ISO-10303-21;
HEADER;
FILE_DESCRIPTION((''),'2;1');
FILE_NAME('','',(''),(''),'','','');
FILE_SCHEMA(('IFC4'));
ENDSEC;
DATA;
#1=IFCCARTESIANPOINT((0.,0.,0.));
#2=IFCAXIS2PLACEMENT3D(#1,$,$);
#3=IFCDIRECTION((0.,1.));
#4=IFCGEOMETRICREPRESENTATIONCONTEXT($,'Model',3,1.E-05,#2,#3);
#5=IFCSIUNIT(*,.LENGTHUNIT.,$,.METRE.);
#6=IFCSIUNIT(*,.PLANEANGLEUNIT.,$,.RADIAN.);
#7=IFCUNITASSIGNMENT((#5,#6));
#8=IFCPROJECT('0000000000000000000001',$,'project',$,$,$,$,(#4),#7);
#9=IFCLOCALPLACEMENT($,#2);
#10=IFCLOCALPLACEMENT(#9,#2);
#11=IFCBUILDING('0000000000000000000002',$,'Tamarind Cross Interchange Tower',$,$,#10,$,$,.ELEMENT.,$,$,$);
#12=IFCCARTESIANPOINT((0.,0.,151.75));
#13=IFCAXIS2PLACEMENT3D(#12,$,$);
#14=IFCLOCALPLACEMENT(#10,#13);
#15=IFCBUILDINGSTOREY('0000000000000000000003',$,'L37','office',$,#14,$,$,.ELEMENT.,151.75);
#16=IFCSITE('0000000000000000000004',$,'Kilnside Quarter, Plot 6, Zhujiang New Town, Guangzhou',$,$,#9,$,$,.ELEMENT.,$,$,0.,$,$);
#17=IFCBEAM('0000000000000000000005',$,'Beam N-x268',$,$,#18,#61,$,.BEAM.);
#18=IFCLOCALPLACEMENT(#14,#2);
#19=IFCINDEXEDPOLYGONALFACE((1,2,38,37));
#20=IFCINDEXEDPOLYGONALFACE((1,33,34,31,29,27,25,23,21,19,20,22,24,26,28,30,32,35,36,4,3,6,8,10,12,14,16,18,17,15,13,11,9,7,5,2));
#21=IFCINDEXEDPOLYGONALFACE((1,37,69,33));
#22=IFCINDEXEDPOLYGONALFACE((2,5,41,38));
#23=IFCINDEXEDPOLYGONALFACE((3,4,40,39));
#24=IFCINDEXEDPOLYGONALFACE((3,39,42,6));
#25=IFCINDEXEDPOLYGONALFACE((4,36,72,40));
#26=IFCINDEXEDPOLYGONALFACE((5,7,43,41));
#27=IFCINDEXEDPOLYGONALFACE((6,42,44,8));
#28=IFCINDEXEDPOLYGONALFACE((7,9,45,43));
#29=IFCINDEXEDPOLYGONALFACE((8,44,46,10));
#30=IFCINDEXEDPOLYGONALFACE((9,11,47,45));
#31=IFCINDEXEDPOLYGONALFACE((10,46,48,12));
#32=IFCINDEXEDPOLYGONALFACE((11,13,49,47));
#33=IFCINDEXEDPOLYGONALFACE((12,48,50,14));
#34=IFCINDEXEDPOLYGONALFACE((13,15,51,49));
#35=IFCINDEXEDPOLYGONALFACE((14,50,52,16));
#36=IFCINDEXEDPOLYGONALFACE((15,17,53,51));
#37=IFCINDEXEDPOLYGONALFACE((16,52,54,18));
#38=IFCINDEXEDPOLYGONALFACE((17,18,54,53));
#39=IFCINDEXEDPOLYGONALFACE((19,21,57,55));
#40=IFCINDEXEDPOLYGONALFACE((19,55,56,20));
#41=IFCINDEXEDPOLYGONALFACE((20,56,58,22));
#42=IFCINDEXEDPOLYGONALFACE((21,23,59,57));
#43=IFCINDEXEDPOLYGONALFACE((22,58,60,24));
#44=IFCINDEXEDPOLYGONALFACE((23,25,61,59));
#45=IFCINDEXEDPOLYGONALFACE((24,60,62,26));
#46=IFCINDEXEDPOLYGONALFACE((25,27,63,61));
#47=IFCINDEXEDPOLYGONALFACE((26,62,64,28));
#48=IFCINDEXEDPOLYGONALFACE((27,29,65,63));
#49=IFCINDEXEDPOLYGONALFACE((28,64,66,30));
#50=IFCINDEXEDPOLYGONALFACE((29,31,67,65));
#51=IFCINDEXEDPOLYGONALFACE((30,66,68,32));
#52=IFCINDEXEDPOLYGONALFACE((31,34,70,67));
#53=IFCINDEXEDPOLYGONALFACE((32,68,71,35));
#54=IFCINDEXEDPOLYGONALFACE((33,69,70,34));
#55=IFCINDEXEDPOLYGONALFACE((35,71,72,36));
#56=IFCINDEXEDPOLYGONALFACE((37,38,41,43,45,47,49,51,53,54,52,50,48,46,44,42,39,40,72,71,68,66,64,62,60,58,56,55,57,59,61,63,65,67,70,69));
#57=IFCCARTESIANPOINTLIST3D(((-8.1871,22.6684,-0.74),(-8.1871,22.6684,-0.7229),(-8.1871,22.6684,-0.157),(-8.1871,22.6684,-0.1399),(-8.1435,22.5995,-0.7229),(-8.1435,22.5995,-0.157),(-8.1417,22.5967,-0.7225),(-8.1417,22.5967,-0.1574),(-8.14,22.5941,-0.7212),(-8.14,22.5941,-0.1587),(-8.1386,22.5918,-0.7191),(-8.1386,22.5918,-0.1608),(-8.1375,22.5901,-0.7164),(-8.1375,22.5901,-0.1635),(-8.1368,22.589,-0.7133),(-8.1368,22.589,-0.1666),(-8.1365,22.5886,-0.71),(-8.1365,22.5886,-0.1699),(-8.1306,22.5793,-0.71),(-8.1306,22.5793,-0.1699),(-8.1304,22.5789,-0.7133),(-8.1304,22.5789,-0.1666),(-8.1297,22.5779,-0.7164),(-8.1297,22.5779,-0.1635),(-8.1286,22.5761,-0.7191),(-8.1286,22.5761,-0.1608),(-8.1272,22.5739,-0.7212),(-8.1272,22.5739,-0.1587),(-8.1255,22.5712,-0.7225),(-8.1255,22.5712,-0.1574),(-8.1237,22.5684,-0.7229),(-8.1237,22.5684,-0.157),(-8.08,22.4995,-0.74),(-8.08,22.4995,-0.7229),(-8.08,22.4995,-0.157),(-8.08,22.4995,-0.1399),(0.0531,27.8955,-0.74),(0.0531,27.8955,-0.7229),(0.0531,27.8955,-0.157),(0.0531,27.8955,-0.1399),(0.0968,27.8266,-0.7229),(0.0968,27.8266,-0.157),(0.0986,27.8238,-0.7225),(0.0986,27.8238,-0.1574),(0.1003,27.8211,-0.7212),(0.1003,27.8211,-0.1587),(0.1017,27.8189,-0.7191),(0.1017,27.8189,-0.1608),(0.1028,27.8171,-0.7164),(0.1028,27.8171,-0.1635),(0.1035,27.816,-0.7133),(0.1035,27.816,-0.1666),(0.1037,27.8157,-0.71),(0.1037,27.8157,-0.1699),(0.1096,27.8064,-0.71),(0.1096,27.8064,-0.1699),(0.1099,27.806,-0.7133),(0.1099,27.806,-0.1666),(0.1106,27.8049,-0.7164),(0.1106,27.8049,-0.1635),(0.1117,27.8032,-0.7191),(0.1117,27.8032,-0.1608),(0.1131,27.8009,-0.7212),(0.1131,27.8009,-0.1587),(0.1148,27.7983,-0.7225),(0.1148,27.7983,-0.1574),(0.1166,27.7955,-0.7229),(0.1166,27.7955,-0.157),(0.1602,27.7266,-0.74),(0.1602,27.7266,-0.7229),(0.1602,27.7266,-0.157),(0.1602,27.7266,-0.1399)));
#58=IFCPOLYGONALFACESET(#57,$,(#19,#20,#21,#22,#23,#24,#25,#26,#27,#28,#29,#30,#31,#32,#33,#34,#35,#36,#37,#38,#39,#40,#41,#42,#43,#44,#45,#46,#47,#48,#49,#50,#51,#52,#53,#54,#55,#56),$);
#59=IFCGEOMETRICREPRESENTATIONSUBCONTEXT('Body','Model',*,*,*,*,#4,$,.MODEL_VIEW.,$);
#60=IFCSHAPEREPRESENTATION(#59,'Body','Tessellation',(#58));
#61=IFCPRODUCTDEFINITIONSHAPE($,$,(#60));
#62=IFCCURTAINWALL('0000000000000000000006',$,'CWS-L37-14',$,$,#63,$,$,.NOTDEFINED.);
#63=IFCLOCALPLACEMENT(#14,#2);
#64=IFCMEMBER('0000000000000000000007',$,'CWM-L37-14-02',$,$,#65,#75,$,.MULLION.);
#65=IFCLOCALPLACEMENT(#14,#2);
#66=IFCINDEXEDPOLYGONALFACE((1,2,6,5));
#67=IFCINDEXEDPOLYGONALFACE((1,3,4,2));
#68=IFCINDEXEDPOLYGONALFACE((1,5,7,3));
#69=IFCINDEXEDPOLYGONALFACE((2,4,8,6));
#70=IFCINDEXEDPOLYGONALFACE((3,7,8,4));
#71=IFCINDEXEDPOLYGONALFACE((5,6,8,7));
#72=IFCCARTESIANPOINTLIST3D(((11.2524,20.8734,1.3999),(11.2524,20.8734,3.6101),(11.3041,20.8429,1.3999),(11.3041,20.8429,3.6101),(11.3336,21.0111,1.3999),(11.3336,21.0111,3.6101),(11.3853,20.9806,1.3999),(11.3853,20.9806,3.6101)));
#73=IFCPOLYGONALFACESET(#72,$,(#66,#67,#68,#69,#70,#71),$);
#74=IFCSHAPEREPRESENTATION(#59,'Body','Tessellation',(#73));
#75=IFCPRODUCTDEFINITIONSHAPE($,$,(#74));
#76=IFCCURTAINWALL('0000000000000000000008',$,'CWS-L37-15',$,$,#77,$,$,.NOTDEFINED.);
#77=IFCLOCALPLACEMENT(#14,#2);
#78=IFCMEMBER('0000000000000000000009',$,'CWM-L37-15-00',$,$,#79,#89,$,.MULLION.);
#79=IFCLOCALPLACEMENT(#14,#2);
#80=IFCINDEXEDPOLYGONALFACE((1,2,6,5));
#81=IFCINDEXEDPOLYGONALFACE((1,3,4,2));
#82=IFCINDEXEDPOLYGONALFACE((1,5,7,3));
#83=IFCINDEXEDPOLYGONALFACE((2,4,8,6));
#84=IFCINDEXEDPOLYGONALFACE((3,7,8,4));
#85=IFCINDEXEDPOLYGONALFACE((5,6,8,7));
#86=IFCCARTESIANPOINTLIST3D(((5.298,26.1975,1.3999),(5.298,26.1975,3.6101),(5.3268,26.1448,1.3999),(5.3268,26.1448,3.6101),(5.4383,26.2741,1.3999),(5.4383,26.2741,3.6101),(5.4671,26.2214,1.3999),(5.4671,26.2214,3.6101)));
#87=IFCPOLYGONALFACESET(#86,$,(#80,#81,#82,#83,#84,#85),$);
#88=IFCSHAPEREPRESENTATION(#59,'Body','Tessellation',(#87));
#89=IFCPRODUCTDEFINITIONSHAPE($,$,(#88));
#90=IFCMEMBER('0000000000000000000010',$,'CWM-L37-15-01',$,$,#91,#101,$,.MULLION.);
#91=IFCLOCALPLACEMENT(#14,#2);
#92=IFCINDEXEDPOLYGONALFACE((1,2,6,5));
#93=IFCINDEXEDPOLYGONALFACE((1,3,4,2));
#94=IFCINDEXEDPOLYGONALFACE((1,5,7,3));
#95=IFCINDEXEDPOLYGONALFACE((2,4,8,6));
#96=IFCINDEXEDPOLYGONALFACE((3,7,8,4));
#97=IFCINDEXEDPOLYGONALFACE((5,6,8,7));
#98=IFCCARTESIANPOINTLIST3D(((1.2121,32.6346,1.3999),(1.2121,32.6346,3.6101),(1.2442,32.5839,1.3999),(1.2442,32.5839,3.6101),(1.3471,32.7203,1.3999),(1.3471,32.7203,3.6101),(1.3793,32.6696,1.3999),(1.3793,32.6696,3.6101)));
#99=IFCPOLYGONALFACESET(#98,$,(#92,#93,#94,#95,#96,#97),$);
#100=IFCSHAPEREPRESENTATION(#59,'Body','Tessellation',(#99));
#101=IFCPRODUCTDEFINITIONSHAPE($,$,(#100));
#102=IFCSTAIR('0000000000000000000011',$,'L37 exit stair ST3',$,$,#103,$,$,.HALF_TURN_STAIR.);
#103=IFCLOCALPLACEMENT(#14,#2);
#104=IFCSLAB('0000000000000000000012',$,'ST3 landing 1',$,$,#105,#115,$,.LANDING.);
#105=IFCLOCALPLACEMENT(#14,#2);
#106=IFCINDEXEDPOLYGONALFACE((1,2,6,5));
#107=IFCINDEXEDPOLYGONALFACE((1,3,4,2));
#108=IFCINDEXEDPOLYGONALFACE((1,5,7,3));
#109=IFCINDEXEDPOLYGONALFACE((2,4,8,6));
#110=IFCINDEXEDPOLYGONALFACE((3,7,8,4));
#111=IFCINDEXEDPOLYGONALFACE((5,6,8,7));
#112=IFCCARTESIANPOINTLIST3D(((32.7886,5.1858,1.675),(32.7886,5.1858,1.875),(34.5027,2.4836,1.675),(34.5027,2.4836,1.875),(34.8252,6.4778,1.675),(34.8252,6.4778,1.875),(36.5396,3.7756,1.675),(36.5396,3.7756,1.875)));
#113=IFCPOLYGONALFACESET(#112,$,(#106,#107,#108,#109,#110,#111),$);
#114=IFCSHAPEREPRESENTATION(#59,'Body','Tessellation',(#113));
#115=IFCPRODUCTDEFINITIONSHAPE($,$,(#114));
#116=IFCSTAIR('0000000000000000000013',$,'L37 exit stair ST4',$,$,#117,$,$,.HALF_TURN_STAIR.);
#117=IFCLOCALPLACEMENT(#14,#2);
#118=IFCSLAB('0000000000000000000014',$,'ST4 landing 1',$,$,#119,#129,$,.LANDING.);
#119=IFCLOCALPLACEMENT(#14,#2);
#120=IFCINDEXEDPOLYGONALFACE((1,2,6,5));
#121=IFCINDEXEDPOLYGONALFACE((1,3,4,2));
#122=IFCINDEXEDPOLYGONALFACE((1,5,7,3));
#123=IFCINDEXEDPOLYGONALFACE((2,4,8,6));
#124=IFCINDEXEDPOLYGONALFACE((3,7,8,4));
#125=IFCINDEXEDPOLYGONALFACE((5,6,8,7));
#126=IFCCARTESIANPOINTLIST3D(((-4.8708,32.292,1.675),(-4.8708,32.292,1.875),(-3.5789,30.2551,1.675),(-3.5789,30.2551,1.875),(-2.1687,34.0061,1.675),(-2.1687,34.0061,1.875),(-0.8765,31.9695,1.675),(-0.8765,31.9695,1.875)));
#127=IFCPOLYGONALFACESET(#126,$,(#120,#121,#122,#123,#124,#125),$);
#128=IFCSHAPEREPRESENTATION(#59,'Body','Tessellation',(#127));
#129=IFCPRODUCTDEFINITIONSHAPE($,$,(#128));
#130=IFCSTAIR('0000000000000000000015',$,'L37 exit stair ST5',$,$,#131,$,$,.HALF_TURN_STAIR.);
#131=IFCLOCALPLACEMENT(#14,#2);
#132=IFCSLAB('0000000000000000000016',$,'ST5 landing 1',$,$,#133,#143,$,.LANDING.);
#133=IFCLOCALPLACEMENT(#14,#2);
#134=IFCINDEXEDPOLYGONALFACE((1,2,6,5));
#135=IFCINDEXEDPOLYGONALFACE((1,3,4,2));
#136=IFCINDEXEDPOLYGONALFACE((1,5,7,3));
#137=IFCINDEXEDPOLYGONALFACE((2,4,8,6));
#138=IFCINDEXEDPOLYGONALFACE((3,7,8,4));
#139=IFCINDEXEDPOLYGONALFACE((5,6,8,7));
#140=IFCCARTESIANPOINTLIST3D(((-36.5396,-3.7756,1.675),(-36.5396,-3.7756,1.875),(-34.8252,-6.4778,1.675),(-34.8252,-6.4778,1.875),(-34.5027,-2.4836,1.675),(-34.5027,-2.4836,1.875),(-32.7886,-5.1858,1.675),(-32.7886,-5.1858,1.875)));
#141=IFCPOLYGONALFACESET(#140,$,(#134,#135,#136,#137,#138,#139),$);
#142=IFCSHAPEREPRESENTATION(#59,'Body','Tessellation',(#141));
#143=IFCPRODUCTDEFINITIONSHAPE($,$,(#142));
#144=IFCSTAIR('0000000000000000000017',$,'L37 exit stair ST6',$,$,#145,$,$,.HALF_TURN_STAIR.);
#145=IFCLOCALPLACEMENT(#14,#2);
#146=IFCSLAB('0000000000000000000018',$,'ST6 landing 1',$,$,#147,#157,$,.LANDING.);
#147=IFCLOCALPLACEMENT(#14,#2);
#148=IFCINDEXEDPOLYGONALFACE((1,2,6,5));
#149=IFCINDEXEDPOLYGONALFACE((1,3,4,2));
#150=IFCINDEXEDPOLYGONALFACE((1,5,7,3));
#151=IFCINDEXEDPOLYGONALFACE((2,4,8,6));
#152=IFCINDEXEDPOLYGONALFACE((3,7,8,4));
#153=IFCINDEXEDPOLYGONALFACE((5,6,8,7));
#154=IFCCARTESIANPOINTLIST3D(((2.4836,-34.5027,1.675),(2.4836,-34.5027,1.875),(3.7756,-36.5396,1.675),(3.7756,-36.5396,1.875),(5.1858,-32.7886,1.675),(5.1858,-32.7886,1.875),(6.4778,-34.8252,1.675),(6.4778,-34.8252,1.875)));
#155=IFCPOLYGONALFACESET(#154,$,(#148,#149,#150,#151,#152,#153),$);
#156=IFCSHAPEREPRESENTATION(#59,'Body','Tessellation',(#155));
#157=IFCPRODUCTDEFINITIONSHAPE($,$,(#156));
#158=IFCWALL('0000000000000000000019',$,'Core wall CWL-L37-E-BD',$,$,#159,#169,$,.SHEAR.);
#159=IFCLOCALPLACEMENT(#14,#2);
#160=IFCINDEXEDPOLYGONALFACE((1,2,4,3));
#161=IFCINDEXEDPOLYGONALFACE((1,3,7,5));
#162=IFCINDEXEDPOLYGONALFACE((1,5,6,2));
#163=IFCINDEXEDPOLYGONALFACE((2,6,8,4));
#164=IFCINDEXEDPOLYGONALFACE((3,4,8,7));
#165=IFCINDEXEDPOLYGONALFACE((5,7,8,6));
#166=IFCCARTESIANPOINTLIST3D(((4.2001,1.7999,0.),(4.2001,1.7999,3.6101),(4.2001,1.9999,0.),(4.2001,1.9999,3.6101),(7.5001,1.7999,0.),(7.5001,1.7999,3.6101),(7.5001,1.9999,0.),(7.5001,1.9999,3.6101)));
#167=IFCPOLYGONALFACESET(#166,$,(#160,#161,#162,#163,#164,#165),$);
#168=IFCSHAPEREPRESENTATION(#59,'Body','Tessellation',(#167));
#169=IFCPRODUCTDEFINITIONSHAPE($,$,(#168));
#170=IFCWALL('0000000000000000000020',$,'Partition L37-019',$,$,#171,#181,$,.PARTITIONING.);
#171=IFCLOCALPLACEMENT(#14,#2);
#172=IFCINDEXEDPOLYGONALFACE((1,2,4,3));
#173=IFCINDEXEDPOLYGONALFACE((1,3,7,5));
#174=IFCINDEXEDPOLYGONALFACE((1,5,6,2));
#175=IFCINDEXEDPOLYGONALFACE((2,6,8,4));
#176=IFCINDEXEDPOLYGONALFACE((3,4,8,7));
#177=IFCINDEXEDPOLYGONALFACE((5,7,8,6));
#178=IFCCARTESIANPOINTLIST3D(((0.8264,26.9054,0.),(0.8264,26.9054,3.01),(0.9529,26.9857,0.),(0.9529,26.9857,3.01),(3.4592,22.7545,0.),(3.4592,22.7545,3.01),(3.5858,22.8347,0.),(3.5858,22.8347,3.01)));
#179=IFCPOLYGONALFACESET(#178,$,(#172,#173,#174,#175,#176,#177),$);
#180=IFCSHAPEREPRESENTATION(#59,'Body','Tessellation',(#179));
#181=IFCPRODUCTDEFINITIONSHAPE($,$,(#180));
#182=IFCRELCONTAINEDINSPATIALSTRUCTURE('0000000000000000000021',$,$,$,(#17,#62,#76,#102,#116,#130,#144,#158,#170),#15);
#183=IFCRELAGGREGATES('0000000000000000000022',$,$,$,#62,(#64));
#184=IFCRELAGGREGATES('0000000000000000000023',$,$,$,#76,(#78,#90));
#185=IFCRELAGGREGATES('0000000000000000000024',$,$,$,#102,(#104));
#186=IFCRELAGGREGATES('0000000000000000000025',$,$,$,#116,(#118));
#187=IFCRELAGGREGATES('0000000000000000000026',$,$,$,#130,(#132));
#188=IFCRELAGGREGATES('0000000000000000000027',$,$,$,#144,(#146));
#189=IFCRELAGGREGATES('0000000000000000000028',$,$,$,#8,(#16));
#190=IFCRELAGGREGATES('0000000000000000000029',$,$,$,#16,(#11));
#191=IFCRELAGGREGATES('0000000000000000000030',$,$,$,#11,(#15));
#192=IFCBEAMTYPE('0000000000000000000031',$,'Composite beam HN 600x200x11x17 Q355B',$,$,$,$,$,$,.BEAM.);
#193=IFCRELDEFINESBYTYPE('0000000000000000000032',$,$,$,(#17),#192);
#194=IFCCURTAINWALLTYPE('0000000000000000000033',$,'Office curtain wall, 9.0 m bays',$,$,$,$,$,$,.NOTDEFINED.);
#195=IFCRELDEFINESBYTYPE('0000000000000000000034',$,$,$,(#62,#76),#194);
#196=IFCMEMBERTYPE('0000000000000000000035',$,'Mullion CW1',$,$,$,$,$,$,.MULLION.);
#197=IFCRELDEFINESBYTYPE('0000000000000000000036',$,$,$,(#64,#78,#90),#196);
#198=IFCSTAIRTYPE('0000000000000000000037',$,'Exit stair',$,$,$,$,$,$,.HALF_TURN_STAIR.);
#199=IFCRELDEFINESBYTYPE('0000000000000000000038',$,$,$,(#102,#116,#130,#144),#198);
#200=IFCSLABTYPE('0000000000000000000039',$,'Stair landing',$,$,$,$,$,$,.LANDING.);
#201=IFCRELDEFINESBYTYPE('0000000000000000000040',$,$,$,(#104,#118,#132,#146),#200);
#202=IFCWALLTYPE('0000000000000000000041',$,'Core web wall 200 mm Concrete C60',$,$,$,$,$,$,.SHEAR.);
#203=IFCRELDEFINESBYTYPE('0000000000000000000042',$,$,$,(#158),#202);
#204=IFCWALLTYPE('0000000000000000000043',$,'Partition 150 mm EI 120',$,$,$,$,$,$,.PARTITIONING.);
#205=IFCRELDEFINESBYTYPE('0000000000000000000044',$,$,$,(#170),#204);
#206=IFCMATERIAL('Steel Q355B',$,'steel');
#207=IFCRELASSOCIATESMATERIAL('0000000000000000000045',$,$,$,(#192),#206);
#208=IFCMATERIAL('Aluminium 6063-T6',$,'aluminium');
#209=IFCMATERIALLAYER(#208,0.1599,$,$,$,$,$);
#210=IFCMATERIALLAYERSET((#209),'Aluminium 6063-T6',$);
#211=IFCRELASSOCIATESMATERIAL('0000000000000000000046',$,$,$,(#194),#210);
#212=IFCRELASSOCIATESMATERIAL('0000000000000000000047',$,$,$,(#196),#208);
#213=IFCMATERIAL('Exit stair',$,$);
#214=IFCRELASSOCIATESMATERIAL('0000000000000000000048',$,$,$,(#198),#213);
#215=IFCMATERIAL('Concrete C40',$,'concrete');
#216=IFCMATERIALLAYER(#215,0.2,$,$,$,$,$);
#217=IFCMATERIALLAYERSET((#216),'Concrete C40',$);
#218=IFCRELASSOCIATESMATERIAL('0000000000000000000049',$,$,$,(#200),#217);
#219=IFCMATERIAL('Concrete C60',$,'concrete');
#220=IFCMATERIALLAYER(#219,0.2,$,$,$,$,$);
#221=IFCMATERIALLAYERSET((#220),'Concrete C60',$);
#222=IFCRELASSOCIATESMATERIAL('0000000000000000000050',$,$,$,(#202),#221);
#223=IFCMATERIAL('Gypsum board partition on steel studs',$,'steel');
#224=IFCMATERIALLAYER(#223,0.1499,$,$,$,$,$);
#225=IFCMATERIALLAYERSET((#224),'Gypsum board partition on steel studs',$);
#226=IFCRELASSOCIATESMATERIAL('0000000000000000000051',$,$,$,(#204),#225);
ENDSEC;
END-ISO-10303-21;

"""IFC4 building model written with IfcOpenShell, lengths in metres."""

from ifc_helpers import new_model, si_unit, direction, frame, frame_2d, origin, origin_2d, place, context, subcontext, project, spatial, polyline, rectangle, i_section, outline, extrude, material, layer, layer_set, material_profile, profile_set, type_object, element, aggregate, save


model = new_model("IFC4")

# Units and contexts
model_context = context("Model", 3, precision=1e-05, world=origin(), true_north=direction((0.0, 1.0)))
body_context = subcontext(model_context, "Body", "Model", "MODEL_VIEW")
ifc_project = project(units=[si_unit("LENGTHUNIT", "METRE"), si_unit("PLANEANGLEUNIT", "RADIAN")], contexts=[model_context])

# Site, building, storey
site_placement = place(None, origin())
site = spatial("IfcSite", under=ifc_project, at=site_placement, Name="Kilnside Quarter, Plot 6, Zhujiang New Town, Guangzhou", CompositionType="ELEMENT", RefElevation=0.0)
building_placement = place(site_placement, origin())
building = spatial("IfcBuilding", under=site, at=building_placement, Name="Tamarind Cross Interchange Tower", CompositionType="ELEMENT")
storey_placement = place(building_placement, frame((0.0, 0.0, 151.75)))
storey = spatial("IfcBuildingStorey", under=building, at=storey_placement, Name="L37", Description="office", CompositionType="ELEMENT", Elevation=151.75)

# Shared definitions
ifc_material_1 = material(Name="Concrete C60", Category="concrete")

# Beam
ifc_material_2 = material(Name="Steel Q355B", Category="steel")
ifc_material_profile_1 = material_profile(ifc_material_2, i_section(OverallWidth=0.2, OverallDepth=0.6001, WebThickness=0.011, FlangeThickness=0.0171, FilletRadius=0.0129, at=origin_2d()), Name="HN 600x200x11x17")
ifc_profile_set_1 = profile_set([ifc_material_profile_1], Name="Steel Q355B")
beam_type_1 = type_object("IfcBeamType", Name="Composite beam HN 600x200x11x17 Q355B", PredefinedType="BEAM", material=ifc_profile_set_1)
beam_1_placement = place(storey_placement, frame((0.1067, 27.811, -0.4399), z_axis=(-0.844437, -0.535654, 0.0), x_axis=(0.535654, -0.844437, 0.0)))
element("IfcBeam", 1, at=beam_1_placement, inside=storey, type_object=beam_type_1, Name="Beam N-x268", PredefinedType="BEAM", context=body_context, shape_type="SweptSolid", body=[
    extrude(i_section(OverallWidth=0.2, OverallDepth=0.6001, WebThickness=0.011, FlangeThickness=0.0171, FilletRadius=0.0129, at=origin_2d()), origin(), (0.0, 0.0, 1.0), 9.7583),
])

# Curtain wall, member
ifc_material_3 = material(Name="Aluminium 6063-T6", Category="aluminium")
ifc_layer_1 = layer(ifc_material_3, 0.1599)
ifc_layer_set_1 = layer_set([ifc_layer_1], Name="Aluminium 6063-T6")
curtain_wall_type = type_object("IfcCurtainWallType", Name="Office curtain wall, 9.0 m bays", PredefinedType="NOTDEFINED", material=ifc_layer_set_1)
curtain_wall_1_placement = place(storey_placement, origin())
curtain_wall_1 = element("IfcCurtainWall", 2, at=curtain_wall_1_placement, inside=storey, type_object=curtain_wall_type, Name="CWS-L37-14", PredefinedType="NOTDEFINED")
ifc_material_profile_2 = material_profile(ifc_material_3, rectangle(XDim=0.0601, YDim=0.1599, at=origin_2d()), Name="Mullion CW1")
ifc_profile_set_2 = profile_set([ifc_material_profile_2], Name="Aluminium 6063-T6")
member_type = type_object("IfcMemberType", Name="Mullion CW1", PredefinedType="MULLION", material=ifc_profile_set_2)
member_1_placement = place(storey_placement, frame((11.3188, 20.927, 1.3999), z_axis=(0.0, 0.0, 1.0), x_axis=(-0.861249, 0.508183, 0.0)))
member_1 = element("IfcMember", 3, at=member_1_placement, type_object=member_type, Name="CWM-L37-14-02", PredefinedType="MULLION", context=body_context, shape_type="SweptSolid", body=[
    extrude(rectangle(XDim=0.0601, YDim=0.1599, at=origin_2d()), origin(), (0.0, 0.0, 1.0), 2.2102),
])
aggregate(curtain_wall_1, [member_1])

# Curtain wall, members
curtain_wall_2_placement = place(storey_placement, origin())
curtain_wall_2 = element("IfcCurtainWall", 4, at=curtain_wall_2_placement, inside=storey, type_object=curtain_wall_type, Name="CWS-L37-15", PredefinedType="NOTDEFINED")
member_2_placement = place(storey_placement, frame((5.3826, 26.2095, 1.3999), z_axis=(0.0, 0.0, 1.0), x_axis=(-0.479286, 0.877659, 0.0)))
member_2 = element("IfcMember", 5, at=member_2_placement, type_object=member_type, Name="CWM-L37-15-00", PredefinedType="MULLION", context=body_context, shape_type="SweptSolid", body=[
    extrude(rectangle(XDim=0.0601, YDim=0.1599, at=origin_2d()), origin(), (0.0, 0.0, 1.0), 2.2102),
])
member_3_placement = place(storey_placement, frame((1.2957, 32.6521, 1.3999), z_axis=(0.0, 0.0, 1.0), x_axis=(-0.535662, 0.844433, 0.0)))
member_3 = element("IfcMember", 6, at=member_3_placement, type_object=member_type, Name="CWM-L37-15-01", PredefinedType="MULLION", context=body_context, shape_type="SweptSolid", body=[
    extrude(rectangle(XDim=0.0601, YDim=0.1599, at=origin_2d()), origin(), (0.0, 0.0, 1.0), 2.2102),
])
aggregate(curtain_wall_2, [member_2, member_3])

# Stairs, slabs
ifc_material_4 = material(Name="Exit stair")
stair_type = type_object("IfcStairType", Name="Exit stair", PredefinedType="HALF_TURN_STAIR", material=ifc_material_4)
stair_1_placement = place(storey_placement, origin())
stair_1 = element("IfcStair", 7, at=stair_1_placement, inside=storey, type_object=stair_type, Name="L37 exit stair ST3", PredefinedType="HALF_TURN_STAIR")
ifc_material_5 = material(Name="Concrete C40", Category="concrete")
ifc_layer_2 = layer(ifc_material_5, 0.2)
ifc_layer_set_2 = layer_set([ifc_layer_2], Name="Concrete C40")
slab_type = type_object("IfcSlabType", Name="Stair landing", PredefinedType="LANDING", material=ifc_layer_set_2)
slab_1_placement = place(storey_placement, frame((0.0, 0.0, 1.675)))
slab_1 = element("IfcSlab", 8, at=slab_1_placement, type_object=slab_type, Name="ST3 landing 1", PredefinedType="LANDING", context=body_context, shape_type="SweptSolid", body=[
    extrude(outline(polyline([(34.5027, 2.4836), (36.5396, 3.7756), (34.8252, 6.4778), (32.7886, 5.1858), (34.5027, 2.4836)])), origin(), (0.0, 0.0, 1.0), 0.2),
])
aggregate(stair_1, [slab_1])
stair_2_placement = place(storey_placement, origin())
stair_2 = element("IfcStair", 9, at=stair_2_placement, inside=storey, type_object=stair_type, Name="L37 exit stair ST4", PredefinedType="HALF_TURN_STAIR")
slab_2_placement = place(storey_placement, frame((0.0, 0.0, 1.675)))
slab_2 = element("IfcSlab", 10, at=slab_2_placement, type_object=slab_type, Name="ST4 landing 1", PredefinedType="LANDING", context=body_context, shape_type="SweptSolid", body=[
    extrude(outline(polyline([(-0.8765, 31.9695), (-2.1687, 34.0061), (-4.8708, 32.292), (-3.5789, 30.2551), (-0.8765, 31.9695)])), origin(), (0.0, 0.0, 1.0), 0.2),
])
aggregate(stair_2, [slab_2])
stair_3_placement = place(storey_placement, origin())
stair_3 = element("IfcStair", 11, at=stair_3_placement, inside=storey, type_object=stair_type, Name="L37 exit stair ST5", PredefinedType="HALF_TURN_STAIR")
slab_3_placement = place(storey_placement, frame((0.0, 0.0, 1.675)))
slab_3 = element("IfcSlab", 12, at=slab_3_placement, type_object=slab_type, Name="ST5 landing 1", PredefinedType="LANDING", context=body_context, shape_type="SweptSolid", body=[
    extrude(outline(polyline([(-34.5027, -2.4836), (-36.5396, -3.7756), (-34.8252, -6.4778), (-32.7886, -5.1858), (-34.5027, -2.4836)])), origin(), (0.0, 0.0, 1.0), 0.2),
])
aggregate(stair_3, [slab_3])
stair_4_placement = place(storey_placement, origin())
stair_4 = element("IfcStair", 13, at=stair_4_placement, inside=storey, type_object=stair_type, Name="L37 exit stair ST6", PredefinedType="HALF_TURN_STAIR")
slab_4_placement = place(storey_placement, frame((0.0, 0.0, 1.675)))
slab_4 = element("IfcSlab", 14, at=slab_4_placement, type_object=slab_type, Name="ST6 landing 1", PredefinedType="LANDING", context=body_context, shape_type="SweptSolid", body=[
    extrude(outline(polyline([(2.4836, -34.5027), (3.7756, -36.5396), (6.4778, -34.8252), (5.1858, -32.7886), (2.4836, -34.5027)])), origin(), (0.0, 0.0, 1.0), 0.2),
])
aggregate(stair_4, [slab_4])

# Walls
ifc_layer_3 = layer(ifc_material_1, 0.2)
ifc_layer_set_3 = layer_set([ifc_layer_3], Name="Concrete C60")
wall_type_1 = type_object("IfcWallType", Name="Core web wall 200 mm Concrete C60", PredefinedType="SHEAR", material=ifc_layer_set_3)
wall_1_placement = place(storey_placement, frame((7.5, 1.8999, 0.0), z_axis=(0.0, 0.0, 1.0), x_axis=(-1.0, 0.0, 0.0)))
element("IfcWall", 15, at=wall_1_placement, inside=storey, type_object=wall_type_1, Name="Core wall CWL-L37-E-BD", PredefinedType="SHEAR", context=body_context, shape_type="SweptSolid", body=[
    extrude(rectangle(XDim=3.3, YDim=0.2, at=frame_2d((1.6499, 0.0))), origin(), (0.0, 0.0, 1.0), 3.6101),
])
ifc_material_6 = material(Name="Gypsum board partition on steel studs", Category="steel")
ifc_layer_4 = layer(ifc_material_6, 0.1499)
ifc_layer_set_4 = layer_set([ifc_layer_4], Name="Gypsum board partition on steel studs")
wall_type_2 = type_object("IfcWallType", Name="Partition 150 mm EI 120", PredefinedType="PARTITIONING", material=ifc_layer_set_4)
wall_2_placement = place(storey_placement, frame((0.8896, 26.9456, 0.0), z_axis=(0.0, 0.0, 1.0), x_axis=(0.535622, -0.844458, 0.0)))
element("IfcWall", 16, at=wall_2_placement, inside=storey, type_object=wall_type_2, Name="Partition L37-019", PredefinedType="PARTITIONING", context=body_context, shape_type="SweptSolid", body=[
    extrude(rectangle(XDim=4.9155, YDim=0.1499, at=frame_2d((2.4578, 0.0))), origin(), (0.0, 0.0, 1.0), 3.01),
])

save(model, "model.ifc")
